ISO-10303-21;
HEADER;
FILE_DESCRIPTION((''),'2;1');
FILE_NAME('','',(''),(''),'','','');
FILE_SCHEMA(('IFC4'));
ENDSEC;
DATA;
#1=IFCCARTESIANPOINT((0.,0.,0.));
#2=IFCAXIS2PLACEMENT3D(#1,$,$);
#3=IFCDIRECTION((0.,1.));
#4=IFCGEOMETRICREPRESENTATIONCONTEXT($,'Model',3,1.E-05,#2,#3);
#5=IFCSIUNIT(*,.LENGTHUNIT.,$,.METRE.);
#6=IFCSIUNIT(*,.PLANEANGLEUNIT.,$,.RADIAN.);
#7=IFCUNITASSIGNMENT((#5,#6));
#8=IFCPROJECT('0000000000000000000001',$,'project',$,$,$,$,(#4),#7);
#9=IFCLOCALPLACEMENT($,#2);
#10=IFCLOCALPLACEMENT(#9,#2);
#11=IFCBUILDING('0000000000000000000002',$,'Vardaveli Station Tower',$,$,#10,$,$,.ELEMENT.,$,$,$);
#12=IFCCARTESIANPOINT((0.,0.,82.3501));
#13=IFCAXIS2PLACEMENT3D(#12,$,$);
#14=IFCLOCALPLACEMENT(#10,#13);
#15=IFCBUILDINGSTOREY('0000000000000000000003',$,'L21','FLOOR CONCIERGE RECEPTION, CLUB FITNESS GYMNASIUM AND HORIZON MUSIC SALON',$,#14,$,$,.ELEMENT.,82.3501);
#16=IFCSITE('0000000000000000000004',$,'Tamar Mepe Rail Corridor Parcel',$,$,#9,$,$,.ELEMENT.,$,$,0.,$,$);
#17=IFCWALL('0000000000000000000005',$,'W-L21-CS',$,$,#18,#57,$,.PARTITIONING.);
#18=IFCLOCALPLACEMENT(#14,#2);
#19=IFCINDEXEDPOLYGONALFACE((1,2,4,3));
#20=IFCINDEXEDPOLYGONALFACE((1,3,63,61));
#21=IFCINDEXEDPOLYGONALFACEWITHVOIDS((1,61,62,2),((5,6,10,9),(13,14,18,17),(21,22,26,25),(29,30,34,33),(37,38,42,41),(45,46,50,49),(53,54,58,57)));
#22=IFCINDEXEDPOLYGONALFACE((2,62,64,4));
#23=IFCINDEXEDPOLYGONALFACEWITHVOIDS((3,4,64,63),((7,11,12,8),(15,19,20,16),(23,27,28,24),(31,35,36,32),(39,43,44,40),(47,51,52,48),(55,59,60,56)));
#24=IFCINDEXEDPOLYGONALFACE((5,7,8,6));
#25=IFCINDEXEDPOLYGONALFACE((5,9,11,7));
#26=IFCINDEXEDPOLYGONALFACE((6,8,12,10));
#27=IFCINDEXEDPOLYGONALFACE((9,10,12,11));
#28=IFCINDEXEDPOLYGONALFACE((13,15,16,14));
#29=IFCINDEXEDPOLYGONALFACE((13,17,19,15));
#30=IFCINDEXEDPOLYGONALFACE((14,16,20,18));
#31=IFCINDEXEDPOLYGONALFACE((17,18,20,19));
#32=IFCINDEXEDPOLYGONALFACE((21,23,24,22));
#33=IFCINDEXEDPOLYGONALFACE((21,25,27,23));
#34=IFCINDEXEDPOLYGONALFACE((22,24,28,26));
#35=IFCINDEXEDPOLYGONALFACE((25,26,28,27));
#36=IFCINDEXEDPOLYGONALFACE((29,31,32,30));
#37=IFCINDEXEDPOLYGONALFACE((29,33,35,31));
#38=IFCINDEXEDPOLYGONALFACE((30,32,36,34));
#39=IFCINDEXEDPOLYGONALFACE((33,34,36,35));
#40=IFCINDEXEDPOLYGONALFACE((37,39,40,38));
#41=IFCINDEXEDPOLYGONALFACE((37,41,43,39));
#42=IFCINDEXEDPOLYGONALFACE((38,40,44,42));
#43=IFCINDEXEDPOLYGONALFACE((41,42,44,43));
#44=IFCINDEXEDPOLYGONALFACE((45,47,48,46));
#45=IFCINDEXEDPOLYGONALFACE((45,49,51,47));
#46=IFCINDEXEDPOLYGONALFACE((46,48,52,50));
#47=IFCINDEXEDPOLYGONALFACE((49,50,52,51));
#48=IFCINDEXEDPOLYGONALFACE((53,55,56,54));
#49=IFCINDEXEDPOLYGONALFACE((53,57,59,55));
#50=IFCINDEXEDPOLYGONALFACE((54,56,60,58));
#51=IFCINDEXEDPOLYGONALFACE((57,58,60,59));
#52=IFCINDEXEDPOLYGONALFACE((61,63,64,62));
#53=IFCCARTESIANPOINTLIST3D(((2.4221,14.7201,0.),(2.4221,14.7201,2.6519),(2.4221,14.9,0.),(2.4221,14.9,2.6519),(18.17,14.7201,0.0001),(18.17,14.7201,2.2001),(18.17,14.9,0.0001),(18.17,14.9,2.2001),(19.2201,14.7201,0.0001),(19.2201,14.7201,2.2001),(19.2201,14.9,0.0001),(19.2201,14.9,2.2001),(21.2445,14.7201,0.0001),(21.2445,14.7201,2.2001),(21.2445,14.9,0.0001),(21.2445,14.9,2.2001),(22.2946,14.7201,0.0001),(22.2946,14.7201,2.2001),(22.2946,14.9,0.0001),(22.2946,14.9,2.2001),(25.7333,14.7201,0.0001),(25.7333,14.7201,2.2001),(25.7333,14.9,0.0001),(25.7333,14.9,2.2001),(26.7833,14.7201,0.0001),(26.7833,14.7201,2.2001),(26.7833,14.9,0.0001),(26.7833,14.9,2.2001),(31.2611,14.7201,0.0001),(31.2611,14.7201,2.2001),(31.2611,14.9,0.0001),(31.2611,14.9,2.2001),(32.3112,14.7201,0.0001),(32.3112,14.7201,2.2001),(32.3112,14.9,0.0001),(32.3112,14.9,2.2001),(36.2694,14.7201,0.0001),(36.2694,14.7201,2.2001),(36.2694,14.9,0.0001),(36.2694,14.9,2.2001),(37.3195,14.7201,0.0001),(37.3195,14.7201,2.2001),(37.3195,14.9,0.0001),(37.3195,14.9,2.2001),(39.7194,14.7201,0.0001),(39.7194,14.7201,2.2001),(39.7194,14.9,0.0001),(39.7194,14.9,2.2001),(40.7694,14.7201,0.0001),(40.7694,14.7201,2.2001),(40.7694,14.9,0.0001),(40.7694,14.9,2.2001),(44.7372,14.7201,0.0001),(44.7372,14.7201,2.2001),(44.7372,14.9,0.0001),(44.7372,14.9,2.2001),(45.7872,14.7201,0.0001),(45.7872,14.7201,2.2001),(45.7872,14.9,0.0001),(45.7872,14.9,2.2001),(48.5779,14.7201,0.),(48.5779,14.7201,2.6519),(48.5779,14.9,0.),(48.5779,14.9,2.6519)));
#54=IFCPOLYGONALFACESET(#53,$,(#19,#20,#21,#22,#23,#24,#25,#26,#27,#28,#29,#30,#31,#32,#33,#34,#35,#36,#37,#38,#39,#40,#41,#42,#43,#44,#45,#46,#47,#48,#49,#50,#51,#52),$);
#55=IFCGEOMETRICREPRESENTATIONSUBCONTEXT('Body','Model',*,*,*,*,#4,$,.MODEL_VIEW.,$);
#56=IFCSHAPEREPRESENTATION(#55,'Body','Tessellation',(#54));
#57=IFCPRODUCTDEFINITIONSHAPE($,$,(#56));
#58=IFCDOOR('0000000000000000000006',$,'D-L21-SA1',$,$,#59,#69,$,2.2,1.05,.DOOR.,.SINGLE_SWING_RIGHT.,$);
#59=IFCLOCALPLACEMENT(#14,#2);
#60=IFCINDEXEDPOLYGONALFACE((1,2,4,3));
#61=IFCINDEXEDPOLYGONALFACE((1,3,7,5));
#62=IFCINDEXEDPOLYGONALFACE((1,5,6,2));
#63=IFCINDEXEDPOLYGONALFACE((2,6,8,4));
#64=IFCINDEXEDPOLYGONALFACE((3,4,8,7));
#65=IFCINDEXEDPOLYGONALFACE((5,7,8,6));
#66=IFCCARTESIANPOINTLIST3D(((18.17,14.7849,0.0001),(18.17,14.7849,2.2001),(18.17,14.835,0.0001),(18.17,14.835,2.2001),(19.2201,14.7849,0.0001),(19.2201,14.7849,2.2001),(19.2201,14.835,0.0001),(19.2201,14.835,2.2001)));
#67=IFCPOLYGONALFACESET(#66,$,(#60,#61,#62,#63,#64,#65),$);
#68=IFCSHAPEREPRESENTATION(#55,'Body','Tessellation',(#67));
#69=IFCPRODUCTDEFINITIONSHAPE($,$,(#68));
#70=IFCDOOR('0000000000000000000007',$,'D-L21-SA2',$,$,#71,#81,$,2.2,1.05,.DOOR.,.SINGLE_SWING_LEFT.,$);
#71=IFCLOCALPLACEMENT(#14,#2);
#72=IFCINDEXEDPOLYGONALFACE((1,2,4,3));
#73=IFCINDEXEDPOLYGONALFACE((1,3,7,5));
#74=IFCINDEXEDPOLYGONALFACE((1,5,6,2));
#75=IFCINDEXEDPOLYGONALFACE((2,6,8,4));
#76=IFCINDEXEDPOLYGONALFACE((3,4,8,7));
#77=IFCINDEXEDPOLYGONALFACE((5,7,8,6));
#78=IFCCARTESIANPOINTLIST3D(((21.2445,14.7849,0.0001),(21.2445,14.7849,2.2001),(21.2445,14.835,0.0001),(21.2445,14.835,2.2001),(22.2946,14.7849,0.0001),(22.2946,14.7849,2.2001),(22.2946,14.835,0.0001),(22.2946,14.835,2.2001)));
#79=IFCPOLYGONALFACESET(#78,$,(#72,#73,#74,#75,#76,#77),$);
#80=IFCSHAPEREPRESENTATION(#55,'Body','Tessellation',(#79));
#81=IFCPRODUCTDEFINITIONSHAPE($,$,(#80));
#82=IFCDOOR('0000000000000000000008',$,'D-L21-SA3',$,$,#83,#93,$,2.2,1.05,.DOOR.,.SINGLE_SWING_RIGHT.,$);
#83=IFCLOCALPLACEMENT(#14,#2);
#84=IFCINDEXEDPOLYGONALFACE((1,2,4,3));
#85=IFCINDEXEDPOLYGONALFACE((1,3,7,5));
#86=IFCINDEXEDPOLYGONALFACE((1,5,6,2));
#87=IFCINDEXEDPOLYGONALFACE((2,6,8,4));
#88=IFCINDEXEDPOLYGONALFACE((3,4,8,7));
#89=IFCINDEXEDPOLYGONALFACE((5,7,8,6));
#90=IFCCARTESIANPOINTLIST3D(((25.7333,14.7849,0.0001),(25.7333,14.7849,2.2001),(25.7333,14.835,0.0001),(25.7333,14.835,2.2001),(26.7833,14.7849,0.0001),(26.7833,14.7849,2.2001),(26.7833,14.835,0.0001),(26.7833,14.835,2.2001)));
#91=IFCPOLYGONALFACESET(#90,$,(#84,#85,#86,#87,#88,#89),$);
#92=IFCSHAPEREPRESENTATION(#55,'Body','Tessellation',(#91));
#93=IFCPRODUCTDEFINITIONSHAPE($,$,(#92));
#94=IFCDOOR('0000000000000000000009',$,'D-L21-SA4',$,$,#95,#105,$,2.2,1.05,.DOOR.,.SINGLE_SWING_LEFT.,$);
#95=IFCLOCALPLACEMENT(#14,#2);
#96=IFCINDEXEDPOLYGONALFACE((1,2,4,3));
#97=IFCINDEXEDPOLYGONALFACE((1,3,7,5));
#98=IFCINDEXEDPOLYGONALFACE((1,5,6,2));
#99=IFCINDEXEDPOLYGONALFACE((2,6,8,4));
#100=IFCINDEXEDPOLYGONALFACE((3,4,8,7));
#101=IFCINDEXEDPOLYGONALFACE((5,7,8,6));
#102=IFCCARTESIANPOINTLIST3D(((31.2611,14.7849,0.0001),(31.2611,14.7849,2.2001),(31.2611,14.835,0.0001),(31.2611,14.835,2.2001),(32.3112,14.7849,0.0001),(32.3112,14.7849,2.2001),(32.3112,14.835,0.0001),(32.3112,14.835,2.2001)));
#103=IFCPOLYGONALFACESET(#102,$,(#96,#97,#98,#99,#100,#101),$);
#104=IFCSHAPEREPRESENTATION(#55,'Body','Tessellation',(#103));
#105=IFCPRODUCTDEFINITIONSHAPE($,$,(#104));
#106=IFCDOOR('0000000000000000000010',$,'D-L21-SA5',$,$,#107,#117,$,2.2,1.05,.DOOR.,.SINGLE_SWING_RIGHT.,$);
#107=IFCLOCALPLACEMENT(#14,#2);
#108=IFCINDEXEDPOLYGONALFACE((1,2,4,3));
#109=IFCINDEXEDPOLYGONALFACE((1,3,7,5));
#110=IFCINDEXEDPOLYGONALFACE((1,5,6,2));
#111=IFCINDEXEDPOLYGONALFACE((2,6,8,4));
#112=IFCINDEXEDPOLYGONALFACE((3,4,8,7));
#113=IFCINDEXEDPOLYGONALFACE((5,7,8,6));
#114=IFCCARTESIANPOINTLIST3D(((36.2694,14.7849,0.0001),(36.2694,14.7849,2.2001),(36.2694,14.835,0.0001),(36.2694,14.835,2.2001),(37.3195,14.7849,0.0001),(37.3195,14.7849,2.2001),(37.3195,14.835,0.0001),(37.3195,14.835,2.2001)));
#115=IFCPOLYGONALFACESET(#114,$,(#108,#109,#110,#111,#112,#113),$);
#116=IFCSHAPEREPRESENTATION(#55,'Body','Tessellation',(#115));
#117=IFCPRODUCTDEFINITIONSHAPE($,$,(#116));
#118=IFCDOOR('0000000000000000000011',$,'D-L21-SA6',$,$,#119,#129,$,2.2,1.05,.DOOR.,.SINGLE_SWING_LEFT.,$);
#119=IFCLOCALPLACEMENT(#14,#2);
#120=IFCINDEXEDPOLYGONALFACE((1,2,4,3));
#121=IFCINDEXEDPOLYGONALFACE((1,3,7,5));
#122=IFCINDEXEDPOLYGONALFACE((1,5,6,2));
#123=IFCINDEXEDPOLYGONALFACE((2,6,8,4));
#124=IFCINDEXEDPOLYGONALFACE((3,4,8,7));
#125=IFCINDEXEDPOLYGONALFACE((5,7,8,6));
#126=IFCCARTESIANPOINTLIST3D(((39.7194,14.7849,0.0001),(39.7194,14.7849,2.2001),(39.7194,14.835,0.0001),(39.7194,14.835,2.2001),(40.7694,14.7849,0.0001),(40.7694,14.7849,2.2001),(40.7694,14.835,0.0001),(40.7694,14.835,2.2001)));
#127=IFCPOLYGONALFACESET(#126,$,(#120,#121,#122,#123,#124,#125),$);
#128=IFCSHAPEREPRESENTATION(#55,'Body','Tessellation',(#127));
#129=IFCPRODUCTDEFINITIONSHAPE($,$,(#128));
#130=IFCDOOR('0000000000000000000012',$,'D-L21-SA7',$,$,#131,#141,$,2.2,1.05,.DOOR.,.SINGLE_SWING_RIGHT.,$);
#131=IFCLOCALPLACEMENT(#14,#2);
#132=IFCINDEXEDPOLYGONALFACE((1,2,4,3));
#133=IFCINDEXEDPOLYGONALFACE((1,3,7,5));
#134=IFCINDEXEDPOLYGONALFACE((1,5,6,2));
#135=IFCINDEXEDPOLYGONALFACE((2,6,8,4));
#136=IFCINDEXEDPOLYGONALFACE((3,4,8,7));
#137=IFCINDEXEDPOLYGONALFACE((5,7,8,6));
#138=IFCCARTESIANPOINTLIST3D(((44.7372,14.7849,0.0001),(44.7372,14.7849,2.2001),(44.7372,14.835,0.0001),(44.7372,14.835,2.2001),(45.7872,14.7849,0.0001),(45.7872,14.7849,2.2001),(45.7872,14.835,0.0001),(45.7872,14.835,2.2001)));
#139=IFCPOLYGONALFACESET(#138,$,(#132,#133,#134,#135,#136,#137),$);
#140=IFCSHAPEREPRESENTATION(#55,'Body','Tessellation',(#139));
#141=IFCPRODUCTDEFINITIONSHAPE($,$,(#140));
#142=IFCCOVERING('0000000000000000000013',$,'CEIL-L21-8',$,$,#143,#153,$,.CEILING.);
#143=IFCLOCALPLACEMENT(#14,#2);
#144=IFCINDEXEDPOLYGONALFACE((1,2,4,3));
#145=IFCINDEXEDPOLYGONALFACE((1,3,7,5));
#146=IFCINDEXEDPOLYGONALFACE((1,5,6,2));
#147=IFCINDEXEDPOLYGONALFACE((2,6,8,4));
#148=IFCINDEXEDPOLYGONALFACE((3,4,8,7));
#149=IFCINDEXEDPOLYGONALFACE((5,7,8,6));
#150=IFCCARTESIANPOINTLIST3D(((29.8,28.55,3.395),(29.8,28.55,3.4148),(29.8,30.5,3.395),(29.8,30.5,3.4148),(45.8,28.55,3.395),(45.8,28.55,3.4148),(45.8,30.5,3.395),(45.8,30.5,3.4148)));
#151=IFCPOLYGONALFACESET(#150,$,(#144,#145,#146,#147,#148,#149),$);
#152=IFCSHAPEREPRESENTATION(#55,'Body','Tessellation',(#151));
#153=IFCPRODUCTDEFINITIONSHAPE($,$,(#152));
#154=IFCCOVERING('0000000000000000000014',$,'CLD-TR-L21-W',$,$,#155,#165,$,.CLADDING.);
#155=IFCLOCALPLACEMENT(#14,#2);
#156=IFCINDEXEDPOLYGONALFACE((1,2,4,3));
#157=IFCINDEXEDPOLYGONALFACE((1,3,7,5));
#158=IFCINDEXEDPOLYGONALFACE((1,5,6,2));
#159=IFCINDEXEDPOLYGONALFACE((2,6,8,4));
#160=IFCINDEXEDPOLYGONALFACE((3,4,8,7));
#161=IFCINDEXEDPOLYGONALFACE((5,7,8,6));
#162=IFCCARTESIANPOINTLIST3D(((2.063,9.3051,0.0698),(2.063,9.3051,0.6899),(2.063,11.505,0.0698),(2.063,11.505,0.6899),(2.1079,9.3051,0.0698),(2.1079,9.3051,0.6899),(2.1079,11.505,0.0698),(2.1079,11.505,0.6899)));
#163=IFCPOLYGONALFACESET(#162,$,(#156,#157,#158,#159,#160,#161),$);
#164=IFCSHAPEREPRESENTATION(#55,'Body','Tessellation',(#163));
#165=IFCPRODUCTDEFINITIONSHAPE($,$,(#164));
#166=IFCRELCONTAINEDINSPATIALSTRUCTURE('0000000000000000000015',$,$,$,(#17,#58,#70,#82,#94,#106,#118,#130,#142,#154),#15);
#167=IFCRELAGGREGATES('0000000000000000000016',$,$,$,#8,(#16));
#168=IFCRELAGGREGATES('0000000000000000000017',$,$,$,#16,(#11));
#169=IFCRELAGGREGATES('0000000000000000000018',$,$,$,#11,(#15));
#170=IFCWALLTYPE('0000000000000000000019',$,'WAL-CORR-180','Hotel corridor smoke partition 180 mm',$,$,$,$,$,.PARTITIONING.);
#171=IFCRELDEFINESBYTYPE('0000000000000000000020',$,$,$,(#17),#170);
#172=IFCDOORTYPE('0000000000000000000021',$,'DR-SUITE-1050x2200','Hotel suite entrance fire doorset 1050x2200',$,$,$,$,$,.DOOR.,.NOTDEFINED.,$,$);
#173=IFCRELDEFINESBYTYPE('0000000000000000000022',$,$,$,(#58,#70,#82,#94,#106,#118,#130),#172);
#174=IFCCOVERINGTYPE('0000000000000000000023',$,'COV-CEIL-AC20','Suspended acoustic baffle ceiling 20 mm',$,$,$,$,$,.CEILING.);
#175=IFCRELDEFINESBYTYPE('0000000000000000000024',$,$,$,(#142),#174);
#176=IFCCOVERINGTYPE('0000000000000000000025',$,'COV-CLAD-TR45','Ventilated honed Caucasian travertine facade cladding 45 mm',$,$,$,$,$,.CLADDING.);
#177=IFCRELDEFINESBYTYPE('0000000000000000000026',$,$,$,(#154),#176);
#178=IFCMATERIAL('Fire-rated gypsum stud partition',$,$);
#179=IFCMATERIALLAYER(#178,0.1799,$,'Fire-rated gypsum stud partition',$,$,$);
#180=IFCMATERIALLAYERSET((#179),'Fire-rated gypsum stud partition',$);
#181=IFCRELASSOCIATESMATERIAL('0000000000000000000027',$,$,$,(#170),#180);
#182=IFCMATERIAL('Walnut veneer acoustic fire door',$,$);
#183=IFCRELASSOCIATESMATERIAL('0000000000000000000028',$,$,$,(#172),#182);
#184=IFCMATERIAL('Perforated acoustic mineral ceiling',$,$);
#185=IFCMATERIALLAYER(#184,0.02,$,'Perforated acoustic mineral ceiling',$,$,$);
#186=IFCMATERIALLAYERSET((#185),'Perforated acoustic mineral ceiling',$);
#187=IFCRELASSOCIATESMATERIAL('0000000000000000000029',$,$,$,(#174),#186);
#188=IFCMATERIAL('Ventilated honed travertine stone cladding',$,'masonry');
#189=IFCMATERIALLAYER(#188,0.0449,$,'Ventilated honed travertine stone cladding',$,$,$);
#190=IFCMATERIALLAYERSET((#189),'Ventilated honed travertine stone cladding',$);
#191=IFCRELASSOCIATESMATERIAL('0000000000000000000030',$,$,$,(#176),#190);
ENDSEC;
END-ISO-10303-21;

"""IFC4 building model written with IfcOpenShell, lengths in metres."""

from ifc_helpers import new_model, si_unit, direction, frame, frame_2d, origin, origin_2d, place, context, subcontext, project, spatial, polyline, rectangle, outline, extrude, source, transform, mapped, material, layer, layer_set, type_object, element, fill, save


model = new_model("IFC4")

# Units and contexts
model_context = context("Model", 3, precision=1e-05, world=origin(), true_north=direction((0.0, 1.0)))
body_context = subcontext(model_context, "Body", "Model", "MODEL_VIEW")
ifc_project = project(units=[si_unit("LENGTHUNIT", "METRE"), si_unit("PLANEANGLEUNIT", "RADIAN")], contexts=[model_context])

# Site, building, storey
site_placement = place(None, origin())
site = spatial("IfcSite", under=ifc_project, at=site_placement, Name="Tamar Mepe Rail Corridor Parcel", CompositionType="ELEMENT", RefElevation=0.0)
building_placement = place(site_placement, origin())
building = spatial("IfcBuilding", under=site, at=building_placement, Name="Vardaveli Station Tower", CompositionType="ELEMENT")
storey_placement = place(building_placement, frame((0.0, 0.0, 82.3501)))
storey = spatial("IfcBuildingStorey", under=building, at=storey_placement, Name="L21", Description="FLOOR CONCIERGE RECEPTION, CLUB FITNESS GYMNASIUM AND HORIZON MUSIC SALON", CompositionType="ELEMENT", Elevation=82.3501)

# Wall, openings, doors
ifc_material_1 = material(Name="Fire-rated gypsum stud partition")
ifc_layer_1 = layer(ifc_material_1, 0.1799, Name="Fire-rated gypsum stud partition")
ifc_layer_set_1 = layer_set([ifc_layer_1], Name="Fire-rated gypsum stud partition")
wall_type_1 = type_object("IfcWallType", Name="WAL-CORR-180", Description="Hotel corridor smoke partition 180 mm", PredefinedType="PARTITIONING", material=ifc_layer_set_1)
shared_shape_1 = source(origin(), body_context, "Body", "SweptSolid", [
    extrude(rectangle(XDim=46.1558, YDim=0.1799, at=frame_2d((23.0779, 0.0))), origin(), (0.0, 0.0, 1.0), 2.6519),
])
wall_1_placement = place(storey_placement, frame((2.4221, 14.8101, 0.0), z_axis=(0.0, 0.0, 1.0), x_axis=(1.0, 0.0, 0.0)))
wall_1 = element("IfcWall", 1, at=wall_1_placement, inside=storey, type_object=wall_type_1, Name="W-L21-CS", PredefinedType="PARTITIONING", context=body_context, shape_type="MappedRepresentation", body=[
    mapped(shared_shape_1, transform((0.0, 0.0, 0.0), scale=1.0)),
])
shared_shape_2 = source(origin(), body_context, "Body", "SweptSolid", [
    extrude(rectangle(XDim=1.05, YDim=2.2, at=frame_2d((0.5249, 1.1001))), frame((0.0, 0.1001, 0.0), z_axis=(0.0, -1.0, 0.0), x_axis=(1.0, 0.0, 0.0)), (0.0, 0.0, 1.0), 0.2),
])
opening_1_placement = place(wall_1_placement, frame((15.748, 0.0, 0.0)))
opening_1 = element("IfcOpeningElement", 2, at=opening_1_placement, cuts=wall_1, PredefinedType="OPENING", context=body_context, shape_type="MappedRepresentation", body=[
    mapped(shared_shape_2, transform((0.0, 0.0, 0.0), scale=1.0)),
])
opening_2_placement = place(wall_1_placement, frame((18.8225, 0.0, 0.0)))
opening_2 = element("IfcOpeningElement", 3, at=opening_2_placement, cuts=wall_1, PredefinedType="OPENING", context=body_context, shape_type="MappedRepresentation", body=[
    mapped(shared_shape_2, transform((0.0, 0.0, 0.0), scale=1.0)),
])
opening_3_placement = place(wall_1_placement, frame((23.3113, 0.0, 0.0)))
opening_3 = element("IfcOpeningElement", 4, at=opening_3_placement, cuts=wall_1, PredefinedType="OPENING", context=body_context, shape_type="MappedRepresentation", body=[
    mapped(shared_shape_2, transform((0.0, 0.0, 0.0), scale=1.0)),
])
opening_4_placement = place(wall_1_placement, frame((28.8391, 0.0, 0.0)))
opening_4 = element("IfcOpeningElement", 5, at=opening_4_placement, cuts=wall_1, PredefinedType="OPENING", context=body_context, shape_type="MappedRepresentation", body=[
    mapped(shared_shape_2, transform((0.0, 0.0, 0.0), scale=1.0)),
])
opening_5_placement = place(wall_1_placement, frame((33.8474, 0.0, 0.0)))
opening_5 = element("IfcOpeningElement", 6, at=opening_5_placement, cuts=wall_1, PredefinedType="OPENING", context=body_context, shape_type="MappedRepresentation", body=[
    mapped(shared_shape_2, transform((0.0, 0.0, 0.0), scale=1.0)),
])
opening_6_placement = place(wall_1_placement, frame((37.2974, 0.0, 0.0)))
opening_6 = element("IfcOpeningElement", 7, at=opening_6_placement, cuts=wall_1, PredefinedType="OPENING", context=body_context, shape_type="MappedRepresentation", body=[
    mapped(shared_shape_2, transform((0.0, 0.0, 0.0), scale=1.0)),
])
opening_7_placement = place(wall_1_placement, frame((42.3152, 0.0, 0.0)))
opening_7 = element("IfcOpeningElement", 8, at=opening_7_placement, cuts=wall_1, PredefinedType="OPENING", context=body_context, shape_type="MappedRepresentation", body=[
    mapped(shared_shape_2, transform((0.0, 0.0, 0.0), scale=1.0)),
])
ifc_material_2 = material(Name="Walnut veneer acoustic fire door")
door_type_1 = type_object("IfcDoorType", Name="DR-SUITE-1050x2200", Description="Hotel suite entrance fire doorset 1050x2200", OperationType="NOTDEFINED", PredefinedType="DOOR", material=ifc_material_2)
shared_shape_3 = source(origin(), body_context, "Body", "SweptSolid", [
    extrude(rectangle(XDim=1.05, YDim=2.2, at=frame_2d((0.5249, 1.1001))), frame((0.0, 0.0249, 0.0), z_axis=(0.0, -1.0, 0.0), x_axis=(1.0, 0.0, 0.0)), (0.0, 0.0, 1.0), 0.05),
])
door_1_placement = place(opening_1_placement, origin())
door_1 = element("IfcDoor", 9, at=door_1_placement, inside=storey, type_object=door_type_1, Name="D-L21-SA1", OperationType="SINGLE_SWING_RIGHT", OverallHeight=2.2, OverallWidth=1.05, PredefinedType="DOOR", context=body_context, shape_type="MappedRepresentation", body=[
    mapped(shared_shape_3, transform((0.0, 0.0, 0.0), scale=1.0)),
])
fill(opening_1, door_1)
door_2_placement = place(opening_2_placement, origin())
door_2 = element("IfcDoor", 10, at=door_2_placement, inside=storey, type_object=door_type_1, Name="D-L21-SA2", OperationType="SINGLE_SWING_LEFT", OverallHeight=2.2, OverallWidth=1.05, PredefinedType="DOOR", context=body_context, shape_type="MappedRepresentation", body=[
    mapped(shared_shape_3, transform((0.0, 0.0, 0.0), scale=1.0)),
])
fill(opening_2, door_2)
door_3_placement = place(opening_3_placement, origin())
door_3 = element("IfcDoor", 11, at=door_3_placement, inside=storey, type_object=door_type_1, Name="D-L21-SA3", OperationType="SINGLE_SWING_RIGHT", OverallHeight=2.2, OverallWidth=1.05, PredefinedType="DOOR", context=body_context, shape_type="MappedRepresentation", body=[
    mapped(shared_shape_3, transform((0.0, 0.0, 0.0), scale=1.0)),
])
fill(opening_3, door_3)
door_4_placement = place(opening_4_placement, origin())
door_4 = element("IfcDoor", 12, at=door_4_placement, inside=storey, type_object=door_type_1, Name="D-L21-SA4", OperationType="SINGLE_SWING_LEFT", OverallHeight=2.2, OverallWidth=1.05, PredefinedType="DOOR", context=body_context, shape_type="MappedRepresentation", body=[
    mapped(shared_shape_3, transform((0.0, 0.0, 0.0), scale=1.0)),
])
fill(opening_4, door_4)
door_5_placement = place(opening_5_placement, origin())
door_5 = element("IfcDoor", 13, at=door_5_placement, inside=storey, type_object=door_type_1, Name="D-L21-SA5", OperationType="SINGLE_SWING_RIGHT", OverallHeight=2.2, OverallWidth=1.05, PredefinedType="DOOR", context=body_context, shape_type="MappedRepresentation", body=[
    mapped(shared_shape_3, transform((0.0, 0.0, 0.0), scale=1.0)),
])
fill(opening_5, door_5)
door_6_placement = place(opening_6_placement, origin())
door_6 = element("IfcDoor", 14, at=door_6_placement, inside=storey, type_object=door_type_1, Name="D-L21-SA6", OperationType="SINGLE_SWING_LEFT", OverallHeight=2.2, OverallWidth=1.05, PredefinedType="DOOR", context=body_context, shape_type="MappedRepresentation", body=[
    mapped(shared_shape_3, transform((0.0, 0.0, 0.0), scale=1.0)),
])
fill(opening_6, door_6)
door_7_placement = place(opening_7_placement, origin())
door_7 = element("IfcDoor", 15, at=door_7_placement, inside=storey, type_object=door_type_1, Name="D-L21-SA7", OperationType="SINGLE_SWING_RIGHT", OverallHeight=2.2, OverallWidth=1.05, PredefinedType="DOOR", context=body_context, shape_type="MappedRepresentation", body=[
    mapped(shared_shape_3, transform((0.0, 0.0, 0.0), scale=1.0)),
])
fill(opening_7, door_7)

# Coverings
ifc_material_3 = material(Name="Perforated acoustic mineral ceiling")
ifc_layer_2 = layer(ifc_material_3, 0.02, Name="Perforated acoustic mineral ceiling")
ifc_layer_set_2 = layer_set([ifc_layer_2], Name="Perforated acoustic mineral ceiling")
covering_type_1 = type_object("IfcCoveringType", Name="COV-CEIL-AC20", Description="Suspended acoustic baffle ceiling 20 mm", PredefinedType="CEILING", material=ifc_layer_set_2)
covering_1_placement = place(storey_placement, frame((0.0, 0.0, 3.395)))
element("IfcCovering", 16, at=covering_1_placement, inside=storey, type_object=covering_type_1, Name="CEIL-L21-8", PredefinedType="CEILING", context=body_context, shape_type="SweptSolid", body=[
    extrude(outline(polyline([(29.8, 28.55), (45.8, 28.55), (45.8, 30.5), (29.8, 30.5), (29.8, 28.55)])), origin(), (0.0, 0.0, 1.0), 0.0198),
])
ifc_material_4 = material(Name="Ventilated honed travertine stone cladding", Category="masonry")
ifc_layer_3 = layer(ifc_material_4, 0.0449, Name="Ventilated honed travertine stone cladding")
ifc_layer_set_3 = layer_set([ifc_layer_3], Name="Ventilated honed travertine stone cladding")
covering_type_2 = type_object("IfcCoveringType", Name="COV-CLAD-TR45", Description="Ventilated honed Caucasian travertine facade cladding 45 mm", PredefinedType="CLADDING", material=ifc_layer_set_3)
shared_shape_4 = source(origin(), body_context, "Body", "SweptSolid", [
    extrude(rectangle(XDim=2.2, YDim=0.0449, at=origin_2d()), origin(), (0.0, 0.0, 1.0), 0.6201),
])
covering_2_placement = place(storey_placement, frame((2.0854, 10.405, 0.0698), z_axis=(0.0, 0.0, 1.0), x_axis=(0.0, 1.0, 0.0)))
element("IfcCovering", 17, at=covering_2_placement, inside=storey, type_object=covering_type_2, Name="CLD-TR-L21-W", PredefinedType="CLADDING", context=body_context, shape_type="MappedRepresentation", body=[
    mapped(shared_shape_4, transform((0.0, 0.0, 0.0), scale=1.0)),
])

save(model, "model.ifc")
